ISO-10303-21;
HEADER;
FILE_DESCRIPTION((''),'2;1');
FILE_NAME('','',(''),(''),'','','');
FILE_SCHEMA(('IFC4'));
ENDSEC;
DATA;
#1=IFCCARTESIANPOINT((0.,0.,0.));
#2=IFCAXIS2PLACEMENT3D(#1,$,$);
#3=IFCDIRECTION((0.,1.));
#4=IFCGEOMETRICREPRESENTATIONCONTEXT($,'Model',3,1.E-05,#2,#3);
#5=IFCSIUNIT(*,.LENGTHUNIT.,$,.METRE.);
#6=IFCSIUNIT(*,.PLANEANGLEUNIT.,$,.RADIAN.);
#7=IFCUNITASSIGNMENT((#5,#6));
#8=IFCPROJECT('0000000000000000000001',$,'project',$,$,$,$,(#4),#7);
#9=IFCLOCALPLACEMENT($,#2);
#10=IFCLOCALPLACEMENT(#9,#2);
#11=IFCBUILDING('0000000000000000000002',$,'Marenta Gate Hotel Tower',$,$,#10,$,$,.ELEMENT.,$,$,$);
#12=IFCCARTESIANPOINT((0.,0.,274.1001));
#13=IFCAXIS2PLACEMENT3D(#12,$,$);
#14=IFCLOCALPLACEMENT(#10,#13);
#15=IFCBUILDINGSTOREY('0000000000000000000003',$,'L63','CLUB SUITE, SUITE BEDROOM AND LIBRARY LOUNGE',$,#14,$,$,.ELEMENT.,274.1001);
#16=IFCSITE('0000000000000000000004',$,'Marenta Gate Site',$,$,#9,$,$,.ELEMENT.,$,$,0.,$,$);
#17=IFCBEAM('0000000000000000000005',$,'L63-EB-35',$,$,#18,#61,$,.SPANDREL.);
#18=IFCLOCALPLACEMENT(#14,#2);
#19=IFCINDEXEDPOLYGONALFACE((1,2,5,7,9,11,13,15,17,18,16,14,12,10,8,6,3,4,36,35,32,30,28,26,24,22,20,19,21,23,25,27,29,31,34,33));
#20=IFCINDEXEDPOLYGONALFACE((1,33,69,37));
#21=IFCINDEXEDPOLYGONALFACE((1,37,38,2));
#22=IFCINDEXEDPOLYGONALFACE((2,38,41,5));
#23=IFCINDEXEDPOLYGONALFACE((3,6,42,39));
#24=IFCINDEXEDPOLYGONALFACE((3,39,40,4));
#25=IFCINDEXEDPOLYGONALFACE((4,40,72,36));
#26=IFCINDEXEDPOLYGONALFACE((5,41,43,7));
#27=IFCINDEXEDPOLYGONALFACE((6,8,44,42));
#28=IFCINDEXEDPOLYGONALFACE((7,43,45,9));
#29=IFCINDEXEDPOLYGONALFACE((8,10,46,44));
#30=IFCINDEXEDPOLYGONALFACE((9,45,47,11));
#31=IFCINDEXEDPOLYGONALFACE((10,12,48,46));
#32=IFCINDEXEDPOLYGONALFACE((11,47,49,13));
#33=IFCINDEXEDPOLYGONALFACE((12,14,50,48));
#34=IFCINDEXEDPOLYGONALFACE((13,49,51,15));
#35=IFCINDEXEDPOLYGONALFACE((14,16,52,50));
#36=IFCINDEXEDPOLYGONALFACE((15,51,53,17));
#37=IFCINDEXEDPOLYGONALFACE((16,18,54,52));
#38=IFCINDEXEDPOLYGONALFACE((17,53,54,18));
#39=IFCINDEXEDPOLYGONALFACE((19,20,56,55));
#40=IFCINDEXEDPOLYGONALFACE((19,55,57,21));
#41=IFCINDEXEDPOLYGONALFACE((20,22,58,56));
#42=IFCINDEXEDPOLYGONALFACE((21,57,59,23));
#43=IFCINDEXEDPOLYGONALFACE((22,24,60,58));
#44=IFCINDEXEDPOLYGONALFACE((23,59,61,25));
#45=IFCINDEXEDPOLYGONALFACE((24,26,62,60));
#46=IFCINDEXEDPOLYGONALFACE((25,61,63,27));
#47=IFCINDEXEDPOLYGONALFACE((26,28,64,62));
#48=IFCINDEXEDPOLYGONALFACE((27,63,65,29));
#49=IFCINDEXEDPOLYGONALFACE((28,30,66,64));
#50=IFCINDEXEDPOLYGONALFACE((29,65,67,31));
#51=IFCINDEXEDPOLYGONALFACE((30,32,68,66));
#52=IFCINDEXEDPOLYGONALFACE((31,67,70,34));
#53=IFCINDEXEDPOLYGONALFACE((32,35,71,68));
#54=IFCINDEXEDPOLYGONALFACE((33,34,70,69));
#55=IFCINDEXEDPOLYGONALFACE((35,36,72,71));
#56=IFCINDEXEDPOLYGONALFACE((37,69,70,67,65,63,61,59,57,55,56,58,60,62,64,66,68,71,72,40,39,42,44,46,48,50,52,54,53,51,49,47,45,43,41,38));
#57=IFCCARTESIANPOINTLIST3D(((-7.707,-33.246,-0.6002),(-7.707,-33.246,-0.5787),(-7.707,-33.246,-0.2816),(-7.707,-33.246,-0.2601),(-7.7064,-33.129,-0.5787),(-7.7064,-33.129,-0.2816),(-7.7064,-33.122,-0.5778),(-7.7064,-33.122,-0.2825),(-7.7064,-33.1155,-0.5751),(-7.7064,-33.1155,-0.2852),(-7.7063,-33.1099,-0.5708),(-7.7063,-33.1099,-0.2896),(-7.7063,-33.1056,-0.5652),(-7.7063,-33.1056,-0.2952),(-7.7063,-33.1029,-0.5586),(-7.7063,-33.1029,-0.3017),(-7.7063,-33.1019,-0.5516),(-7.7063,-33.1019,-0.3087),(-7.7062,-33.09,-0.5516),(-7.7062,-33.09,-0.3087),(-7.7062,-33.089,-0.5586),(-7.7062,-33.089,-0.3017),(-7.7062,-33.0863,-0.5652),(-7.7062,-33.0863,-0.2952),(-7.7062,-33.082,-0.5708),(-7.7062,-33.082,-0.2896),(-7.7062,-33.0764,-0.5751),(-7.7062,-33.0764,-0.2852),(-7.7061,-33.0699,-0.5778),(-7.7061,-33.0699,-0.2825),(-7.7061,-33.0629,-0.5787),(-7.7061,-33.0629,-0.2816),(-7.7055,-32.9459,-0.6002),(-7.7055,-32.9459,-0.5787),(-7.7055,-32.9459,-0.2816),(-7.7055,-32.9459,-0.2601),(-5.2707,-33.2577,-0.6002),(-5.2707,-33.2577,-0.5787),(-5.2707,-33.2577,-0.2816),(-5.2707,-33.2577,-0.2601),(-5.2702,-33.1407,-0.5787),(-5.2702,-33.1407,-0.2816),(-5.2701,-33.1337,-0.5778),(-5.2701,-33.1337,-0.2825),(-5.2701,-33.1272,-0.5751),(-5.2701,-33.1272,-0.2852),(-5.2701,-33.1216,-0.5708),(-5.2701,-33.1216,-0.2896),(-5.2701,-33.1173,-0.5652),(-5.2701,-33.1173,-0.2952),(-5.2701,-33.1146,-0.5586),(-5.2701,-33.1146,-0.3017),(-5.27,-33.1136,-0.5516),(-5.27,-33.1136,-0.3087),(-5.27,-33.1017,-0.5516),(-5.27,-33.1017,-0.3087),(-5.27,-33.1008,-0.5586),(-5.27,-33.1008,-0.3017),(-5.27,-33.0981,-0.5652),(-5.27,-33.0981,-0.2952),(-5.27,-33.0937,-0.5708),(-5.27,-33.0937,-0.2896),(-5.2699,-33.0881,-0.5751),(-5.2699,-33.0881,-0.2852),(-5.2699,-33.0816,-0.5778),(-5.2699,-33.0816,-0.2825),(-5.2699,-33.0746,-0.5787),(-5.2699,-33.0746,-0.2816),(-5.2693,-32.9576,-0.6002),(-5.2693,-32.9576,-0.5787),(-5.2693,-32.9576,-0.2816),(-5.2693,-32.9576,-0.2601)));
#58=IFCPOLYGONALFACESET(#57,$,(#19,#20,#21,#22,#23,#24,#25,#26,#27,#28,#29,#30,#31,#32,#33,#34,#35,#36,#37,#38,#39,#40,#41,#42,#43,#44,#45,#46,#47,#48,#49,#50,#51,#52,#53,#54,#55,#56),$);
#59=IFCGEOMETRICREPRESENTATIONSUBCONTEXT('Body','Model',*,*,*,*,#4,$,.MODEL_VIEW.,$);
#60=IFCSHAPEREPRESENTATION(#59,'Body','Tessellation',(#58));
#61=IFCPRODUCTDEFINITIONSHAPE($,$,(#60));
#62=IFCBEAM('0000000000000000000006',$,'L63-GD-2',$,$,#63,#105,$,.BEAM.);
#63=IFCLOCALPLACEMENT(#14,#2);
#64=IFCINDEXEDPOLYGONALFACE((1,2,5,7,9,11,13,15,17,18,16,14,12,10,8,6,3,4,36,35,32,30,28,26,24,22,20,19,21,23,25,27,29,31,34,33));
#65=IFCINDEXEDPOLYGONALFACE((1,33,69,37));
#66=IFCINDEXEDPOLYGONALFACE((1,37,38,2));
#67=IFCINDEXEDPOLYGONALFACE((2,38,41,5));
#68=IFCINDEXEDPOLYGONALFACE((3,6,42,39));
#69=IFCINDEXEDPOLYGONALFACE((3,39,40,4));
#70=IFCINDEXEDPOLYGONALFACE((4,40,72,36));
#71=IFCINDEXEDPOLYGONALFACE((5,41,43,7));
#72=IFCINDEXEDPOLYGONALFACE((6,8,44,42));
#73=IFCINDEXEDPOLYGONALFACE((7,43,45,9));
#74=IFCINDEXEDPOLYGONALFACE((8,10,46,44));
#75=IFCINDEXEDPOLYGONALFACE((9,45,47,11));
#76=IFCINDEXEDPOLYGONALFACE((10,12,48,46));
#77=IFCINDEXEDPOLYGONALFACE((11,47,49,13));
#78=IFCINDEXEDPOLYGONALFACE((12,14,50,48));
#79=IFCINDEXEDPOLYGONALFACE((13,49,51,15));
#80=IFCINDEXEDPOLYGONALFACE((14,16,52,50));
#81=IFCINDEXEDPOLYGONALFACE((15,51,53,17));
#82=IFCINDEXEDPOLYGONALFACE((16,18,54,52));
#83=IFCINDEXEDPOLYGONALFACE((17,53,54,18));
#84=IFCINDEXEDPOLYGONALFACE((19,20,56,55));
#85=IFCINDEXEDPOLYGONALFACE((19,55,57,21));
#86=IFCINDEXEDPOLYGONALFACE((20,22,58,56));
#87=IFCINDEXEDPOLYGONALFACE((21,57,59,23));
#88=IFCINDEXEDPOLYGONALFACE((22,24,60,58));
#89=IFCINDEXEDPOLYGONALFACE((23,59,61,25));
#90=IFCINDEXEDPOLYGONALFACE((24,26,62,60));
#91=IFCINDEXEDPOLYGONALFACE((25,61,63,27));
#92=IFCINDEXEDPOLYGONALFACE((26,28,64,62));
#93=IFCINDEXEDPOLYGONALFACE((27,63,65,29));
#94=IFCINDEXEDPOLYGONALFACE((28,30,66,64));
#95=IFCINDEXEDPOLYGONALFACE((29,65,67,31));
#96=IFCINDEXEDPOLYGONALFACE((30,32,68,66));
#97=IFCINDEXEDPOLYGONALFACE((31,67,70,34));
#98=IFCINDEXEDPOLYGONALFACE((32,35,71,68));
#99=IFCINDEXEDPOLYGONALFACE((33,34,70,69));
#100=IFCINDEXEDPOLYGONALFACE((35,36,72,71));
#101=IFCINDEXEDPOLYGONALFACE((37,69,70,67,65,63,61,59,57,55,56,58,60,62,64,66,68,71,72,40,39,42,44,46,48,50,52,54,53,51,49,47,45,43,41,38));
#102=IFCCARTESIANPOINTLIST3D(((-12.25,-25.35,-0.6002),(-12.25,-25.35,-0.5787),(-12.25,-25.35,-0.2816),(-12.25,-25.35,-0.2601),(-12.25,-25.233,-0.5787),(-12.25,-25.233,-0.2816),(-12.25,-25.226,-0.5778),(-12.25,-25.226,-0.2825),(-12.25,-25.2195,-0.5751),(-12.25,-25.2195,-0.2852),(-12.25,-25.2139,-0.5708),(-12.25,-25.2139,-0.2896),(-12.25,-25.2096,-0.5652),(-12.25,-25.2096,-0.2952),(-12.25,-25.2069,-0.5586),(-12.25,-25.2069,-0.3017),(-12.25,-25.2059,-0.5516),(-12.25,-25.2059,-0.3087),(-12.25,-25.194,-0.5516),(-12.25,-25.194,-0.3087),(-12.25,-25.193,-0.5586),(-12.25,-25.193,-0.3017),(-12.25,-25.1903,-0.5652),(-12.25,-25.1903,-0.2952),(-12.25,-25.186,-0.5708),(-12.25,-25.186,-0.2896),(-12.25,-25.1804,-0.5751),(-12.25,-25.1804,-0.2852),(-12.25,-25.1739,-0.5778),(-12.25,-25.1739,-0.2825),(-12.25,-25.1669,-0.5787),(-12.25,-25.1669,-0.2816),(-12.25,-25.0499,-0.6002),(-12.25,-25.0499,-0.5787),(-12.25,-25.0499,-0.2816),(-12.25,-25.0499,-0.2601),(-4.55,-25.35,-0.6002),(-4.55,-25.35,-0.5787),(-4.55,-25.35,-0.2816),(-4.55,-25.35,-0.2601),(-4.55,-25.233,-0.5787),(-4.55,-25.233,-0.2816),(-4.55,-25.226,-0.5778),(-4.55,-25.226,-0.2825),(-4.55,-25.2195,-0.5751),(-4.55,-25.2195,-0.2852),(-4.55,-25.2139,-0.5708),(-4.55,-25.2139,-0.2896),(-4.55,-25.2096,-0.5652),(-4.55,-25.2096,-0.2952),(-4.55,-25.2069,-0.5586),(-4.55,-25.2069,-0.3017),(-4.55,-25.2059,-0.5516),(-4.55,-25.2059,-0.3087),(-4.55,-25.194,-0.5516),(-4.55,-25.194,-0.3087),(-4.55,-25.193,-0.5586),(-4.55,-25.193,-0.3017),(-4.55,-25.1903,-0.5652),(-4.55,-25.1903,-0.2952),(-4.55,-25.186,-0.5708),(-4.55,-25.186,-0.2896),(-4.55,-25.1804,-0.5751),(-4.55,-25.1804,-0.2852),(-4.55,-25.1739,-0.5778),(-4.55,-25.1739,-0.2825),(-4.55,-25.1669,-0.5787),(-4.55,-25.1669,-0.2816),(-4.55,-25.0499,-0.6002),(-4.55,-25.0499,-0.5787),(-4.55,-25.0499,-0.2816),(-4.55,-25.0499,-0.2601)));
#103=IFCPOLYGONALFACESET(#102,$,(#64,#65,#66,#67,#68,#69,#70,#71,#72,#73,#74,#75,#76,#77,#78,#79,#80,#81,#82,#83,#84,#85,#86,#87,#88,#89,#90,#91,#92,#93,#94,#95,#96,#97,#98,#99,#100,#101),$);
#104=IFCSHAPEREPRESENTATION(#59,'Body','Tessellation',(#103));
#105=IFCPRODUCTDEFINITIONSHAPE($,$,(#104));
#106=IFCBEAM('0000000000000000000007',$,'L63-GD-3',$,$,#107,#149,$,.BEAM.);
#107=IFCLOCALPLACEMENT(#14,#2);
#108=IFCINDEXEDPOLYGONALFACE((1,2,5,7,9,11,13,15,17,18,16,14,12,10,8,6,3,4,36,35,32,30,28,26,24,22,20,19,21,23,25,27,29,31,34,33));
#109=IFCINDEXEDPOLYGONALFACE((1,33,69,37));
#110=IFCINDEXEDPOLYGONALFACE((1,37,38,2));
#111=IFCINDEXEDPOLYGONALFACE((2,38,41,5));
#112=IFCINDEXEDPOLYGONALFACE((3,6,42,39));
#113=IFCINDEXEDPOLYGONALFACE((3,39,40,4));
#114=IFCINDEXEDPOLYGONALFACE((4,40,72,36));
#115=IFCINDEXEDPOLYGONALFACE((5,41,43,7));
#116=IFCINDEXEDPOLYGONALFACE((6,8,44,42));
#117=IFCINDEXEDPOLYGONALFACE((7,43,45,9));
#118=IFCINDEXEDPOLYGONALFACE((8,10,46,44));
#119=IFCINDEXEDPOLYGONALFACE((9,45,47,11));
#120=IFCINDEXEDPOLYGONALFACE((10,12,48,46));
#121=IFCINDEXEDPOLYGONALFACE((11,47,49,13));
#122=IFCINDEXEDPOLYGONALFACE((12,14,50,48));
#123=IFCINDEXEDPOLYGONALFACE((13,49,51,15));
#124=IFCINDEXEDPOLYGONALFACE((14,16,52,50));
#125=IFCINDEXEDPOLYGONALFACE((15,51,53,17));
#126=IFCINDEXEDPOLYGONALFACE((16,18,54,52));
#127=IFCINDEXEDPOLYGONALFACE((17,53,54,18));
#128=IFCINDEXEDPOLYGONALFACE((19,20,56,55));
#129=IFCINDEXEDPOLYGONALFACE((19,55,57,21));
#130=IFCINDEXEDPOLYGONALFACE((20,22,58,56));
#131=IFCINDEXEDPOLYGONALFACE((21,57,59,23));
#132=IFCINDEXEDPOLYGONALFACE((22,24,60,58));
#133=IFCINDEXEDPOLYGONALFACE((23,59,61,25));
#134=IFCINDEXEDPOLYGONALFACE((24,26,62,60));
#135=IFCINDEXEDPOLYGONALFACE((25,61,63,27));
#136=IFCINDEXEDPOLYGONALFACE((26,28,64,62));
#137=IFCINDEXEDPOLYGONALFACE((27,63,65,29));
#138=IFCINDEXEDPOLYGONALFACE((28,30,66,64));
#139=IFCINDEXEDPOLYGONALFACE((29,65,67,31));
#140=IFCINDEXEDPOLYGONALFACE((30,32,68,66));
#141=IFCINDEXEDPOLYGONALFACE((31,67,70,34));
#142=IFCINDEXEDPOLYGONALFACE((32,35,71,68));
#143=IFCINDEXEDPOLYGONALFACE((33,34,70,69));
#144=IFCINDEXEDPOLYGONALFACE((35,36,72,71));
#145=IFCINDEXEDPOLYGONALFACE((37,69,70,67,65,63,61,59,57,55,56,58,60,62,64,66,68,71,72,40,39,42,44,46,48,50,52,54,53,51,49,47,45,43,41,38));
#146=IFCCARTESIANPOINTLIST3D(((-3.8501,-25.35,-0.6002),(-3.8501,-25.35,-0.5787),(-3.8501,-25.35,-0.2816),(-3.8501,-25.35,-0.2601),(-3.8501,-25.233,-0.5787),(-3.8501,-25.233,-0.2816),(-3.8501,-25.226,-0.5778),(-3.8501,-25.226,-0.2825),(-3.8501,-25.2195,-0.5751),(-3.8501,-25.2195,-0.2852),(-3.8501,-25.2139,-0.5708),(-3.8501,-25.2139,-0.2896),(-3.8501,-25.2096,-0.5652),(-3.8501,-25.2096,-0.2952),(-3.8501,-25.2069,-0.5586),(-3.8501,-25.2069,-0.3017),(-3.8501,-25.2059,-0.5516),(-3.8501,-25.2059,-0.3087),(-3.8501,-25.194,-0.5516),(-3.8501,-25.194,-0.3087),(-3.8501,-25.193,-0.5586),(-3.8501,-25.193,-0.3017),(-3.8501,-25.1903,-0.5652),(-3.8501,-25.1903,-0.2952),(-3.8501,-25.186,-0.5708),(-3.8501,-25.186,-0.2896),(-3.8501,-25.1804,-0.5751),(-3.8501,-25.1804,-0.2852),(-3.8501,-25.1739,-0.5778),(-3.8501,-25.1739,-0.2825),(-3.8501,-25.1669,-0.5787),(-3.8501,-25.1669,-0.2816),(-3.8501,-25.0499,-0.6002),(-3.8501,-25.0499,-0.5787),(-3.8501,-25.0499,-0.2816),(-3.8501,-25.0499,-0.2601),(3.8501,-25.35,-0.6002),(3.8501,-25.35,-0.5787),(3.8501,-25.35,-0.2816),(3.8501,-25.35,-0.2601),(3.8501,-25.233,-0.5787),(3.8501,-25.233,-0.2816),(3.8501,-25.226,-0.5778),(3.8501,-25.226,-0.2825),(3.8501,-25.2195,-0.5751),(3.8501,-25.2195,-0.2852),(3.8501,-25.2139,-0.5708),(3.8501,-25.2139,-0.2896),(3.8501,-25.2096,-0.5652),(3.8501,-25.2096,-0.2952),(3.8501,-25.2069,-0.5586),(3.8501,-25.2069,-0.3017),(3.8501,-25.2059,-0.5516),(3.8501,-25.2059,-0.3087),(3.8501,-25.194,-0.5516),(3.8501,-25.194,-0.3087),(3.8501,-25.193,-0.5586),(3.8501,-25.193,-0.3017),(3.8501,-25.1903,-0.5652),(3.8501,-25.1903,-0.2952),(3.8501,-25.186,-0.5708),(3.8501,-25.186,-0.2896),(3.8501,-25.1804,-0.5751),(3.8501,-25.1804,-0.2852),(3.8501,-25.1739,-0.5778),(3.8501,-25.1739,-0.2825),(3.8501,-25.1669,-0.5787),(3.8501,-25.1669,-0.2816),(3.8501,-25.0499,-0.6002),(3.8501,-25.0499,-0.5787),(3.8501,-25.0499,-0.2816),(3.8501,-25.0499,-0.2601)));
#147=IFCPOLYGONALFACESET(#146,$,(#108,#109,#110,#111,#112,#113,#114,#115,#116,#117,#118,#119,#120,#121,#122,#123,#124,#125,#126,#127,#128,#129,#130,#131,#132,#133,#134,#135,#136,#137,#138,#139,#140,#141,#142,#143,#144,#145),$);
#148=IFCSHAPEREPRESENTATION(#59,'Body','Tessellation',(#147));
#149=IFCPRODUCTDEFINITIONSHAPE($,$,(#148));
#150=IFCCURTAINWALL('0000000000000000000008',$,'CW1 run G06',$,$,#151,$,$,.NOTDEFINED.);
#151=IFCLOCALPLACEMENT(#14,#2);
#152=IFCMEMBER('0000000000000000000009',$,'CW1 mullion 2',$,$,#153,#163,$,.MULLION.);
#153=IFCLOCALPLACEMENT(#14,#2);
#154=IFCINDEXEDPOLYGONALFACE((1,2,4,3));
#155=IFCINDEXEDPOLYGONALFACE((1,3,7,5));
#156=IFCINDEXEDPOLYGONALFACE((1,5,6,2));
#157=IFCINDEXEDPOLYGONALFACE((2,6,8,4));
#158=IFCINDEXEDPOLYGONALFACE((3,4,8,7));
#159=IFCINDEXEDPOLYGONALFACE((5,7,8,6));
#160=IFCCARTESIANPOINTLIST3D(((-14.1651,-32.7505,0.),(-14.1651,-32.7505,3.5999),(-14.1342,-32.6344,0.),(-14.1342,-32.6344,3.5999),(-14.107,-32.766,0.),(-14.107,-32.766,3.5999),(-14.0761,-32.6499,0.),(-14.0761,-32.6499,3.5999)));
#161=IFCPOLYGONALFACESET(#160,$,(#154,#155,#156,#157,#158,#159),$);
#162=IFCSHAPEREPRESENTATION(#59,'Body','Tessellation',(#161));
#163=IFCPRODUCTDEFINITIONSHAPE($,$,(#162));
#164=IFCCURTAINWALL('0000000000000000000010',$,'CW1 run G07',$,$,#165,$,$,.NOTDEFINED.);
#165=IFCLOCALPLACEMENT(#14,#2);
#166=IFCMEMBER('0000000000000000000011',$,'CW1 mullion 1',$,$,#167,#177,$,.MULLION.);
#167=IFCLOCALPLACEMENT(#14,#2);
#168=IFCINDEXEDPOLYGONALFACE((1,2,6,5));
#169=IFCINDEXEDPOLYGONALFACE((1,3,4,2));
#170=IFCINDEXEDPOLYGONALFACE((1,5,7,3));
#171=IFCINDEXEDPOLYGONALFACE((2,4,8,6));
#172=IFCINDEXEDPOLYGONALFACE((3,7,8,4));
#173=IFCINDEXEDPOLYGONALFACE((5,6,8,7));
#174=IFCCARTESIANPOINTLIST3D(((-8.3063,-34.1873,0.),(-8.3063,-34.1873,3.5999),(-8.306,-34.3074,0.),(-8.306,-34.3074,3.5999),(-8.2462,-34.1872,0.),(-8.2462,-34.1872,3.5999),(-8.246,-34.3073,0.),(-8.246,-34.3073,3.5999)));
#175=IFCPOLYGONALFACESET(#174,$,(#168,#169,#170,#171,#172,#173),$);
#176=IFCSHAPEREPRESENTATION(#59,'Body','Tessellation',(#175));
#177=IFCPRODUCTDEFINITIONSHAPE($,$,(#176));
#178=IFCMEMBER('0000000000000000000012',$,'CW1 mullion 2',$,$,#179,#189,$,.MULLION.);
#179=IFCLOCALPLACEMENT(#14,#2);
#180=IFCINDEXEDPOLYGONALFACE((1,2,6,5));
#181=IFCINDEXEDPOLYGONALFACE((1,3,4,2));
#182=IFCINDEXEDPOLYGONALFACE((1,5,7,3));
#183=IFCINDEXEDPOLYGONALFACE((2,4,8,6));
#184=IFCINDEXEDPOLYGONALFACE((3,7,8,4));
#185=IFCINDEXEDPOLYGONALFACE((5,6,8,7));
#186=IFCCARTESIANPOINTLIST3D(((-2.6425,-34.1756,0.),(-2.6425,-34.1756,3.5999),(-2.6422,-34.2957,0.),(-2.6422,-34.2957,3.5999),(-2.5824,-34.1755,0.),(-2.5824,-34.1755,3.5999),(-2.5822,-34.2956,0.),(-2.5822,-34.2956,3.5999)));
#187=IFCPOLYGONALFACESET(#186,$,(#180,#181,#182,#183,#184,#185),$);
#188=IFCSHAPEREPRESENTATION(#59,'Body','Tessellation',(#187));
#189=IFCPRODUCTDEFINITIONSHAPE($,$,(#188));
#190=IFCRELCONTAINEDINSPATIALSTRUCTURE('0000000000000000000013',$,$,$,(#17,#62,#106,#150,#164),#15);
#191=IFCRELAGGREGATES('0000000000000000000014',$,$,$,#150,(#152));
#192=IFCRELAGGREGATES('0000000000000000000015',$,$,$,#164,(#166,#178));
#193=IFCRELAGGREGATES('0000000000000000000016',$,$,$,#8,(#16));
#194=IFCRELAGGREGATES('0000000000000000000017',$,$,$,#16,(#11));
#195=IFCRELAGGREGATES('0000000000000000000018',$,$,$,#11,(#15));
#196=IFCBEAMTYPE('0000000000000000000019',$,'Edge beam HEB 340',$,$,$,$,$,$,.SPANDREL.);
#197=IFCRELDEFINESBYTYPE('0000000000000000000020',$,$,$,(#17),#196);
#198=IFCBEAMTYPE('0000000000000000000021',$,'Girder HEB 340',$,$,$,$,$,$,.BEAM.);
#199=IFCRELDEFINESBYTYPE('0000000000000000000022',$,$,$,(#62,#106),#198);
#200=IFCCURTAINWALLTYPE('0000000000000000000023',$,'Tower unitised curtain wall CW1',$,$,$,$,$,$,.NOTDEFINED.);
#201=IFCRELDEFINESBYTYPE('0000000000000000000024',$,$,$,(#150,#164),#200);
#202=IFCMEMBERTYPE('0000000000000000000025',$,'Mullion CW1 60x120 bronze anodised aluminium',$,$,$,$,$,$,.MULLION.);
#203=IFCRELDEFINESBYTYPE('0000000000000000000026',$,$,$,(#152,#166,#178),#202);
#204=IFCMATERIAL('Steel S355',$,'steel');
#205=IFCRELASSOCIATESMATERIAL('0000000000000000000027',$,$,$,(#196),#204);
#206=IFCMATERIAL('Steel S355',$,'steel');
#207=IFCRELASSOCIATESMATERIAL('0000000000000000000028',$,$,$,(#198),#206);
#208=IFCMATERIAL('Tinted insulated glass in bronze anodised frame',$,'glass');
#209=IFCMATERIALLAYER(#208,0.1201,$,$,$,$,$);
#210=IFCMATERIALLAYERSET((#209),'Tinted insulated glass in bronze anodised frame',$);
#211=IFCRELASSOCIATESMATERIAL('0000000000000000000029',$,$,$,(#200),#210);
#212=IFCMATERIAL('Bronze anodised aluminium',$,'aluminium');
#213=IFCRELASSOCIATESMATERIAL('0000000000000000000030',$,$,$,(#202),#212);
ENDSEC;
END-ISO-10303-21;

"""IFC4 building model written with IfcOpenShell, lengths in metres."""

from ifc_helpers import new_model, si_unit, direction, frame, origin, origin_2d, place, context, subcontext, project, spatial, rectangle, i_section, extrude, material, layer, layer_set, material_profile, profile_set, type_object, element, aggregate, save


model = new_model("IFC4")

# Units and contexts
model_context = context("Model", 3, precision=1e-05, world=origin(), true_north=direction((0.0, 1.0)))
body_context = subcontext(model_context, "Body", "Model", "MODEL_VIEW")
ifc_project = project(units=[si_unit("LENGTHUNIT", "METRE"), si_unit("PLANEANGLEUNIT", "RADIAN")], contexts=[model_context])

# Site, building, storey
site_placement = place(None, origin())
site = spatial("IfcSite", under=ifc_project, at=site_placement, Name="Marenta Gate Site", CompositionType="ELEMENT", RefElevation=0.0)
building_placement = place(site_placement, origin())
building = spatial("IfcBuilding", under=site, at=building_placement, Name="Marenta Gate Hotel Tower", CompositionType="ELEMENT")
storey_placement = place(building_placement, frame((0.0, 0.0, 274.1001)))
storey = spatial("IfcBuildingStorey", under=building, at=storey_placement, Name="L63", Description="CLUB SUITE, SUITE BEDROOM AND LIBRARY LOUNGE", CompositionType="ELEMENT", Elevation=274.1001)

# Beams
ifc_material_1 = material(Name="Steel S355", Category="steel")
ifc_material_profile_1 = material_profile(ifc_material_1, i_section(OverallWidth=0.3, OverallDepth=0.3401, WebThickness=0.012, FlangeThickness=0.0215, FilletRadius=0.0271, at=origin_2d()), Name="HEB 340")
ifc_profile_set_1 = profile_set([ifc_material_profile_1], Name="Steel S355")
beam_type_1 = type_object("IfcBeamType", Name="Edge beam HEB 340", PredefinedType="SPANDREL", material=ifc_profile_set_1)
beam_1_placement = place(storey_placement, frame((-5.27, -33.1077, -0.4302), z_axis=(-0.999988, 0.00481, 0.0), x_axis=(-0.00481, -0.999988, 0.0)))
element("IfcBeam", 1, at=beam_1_placement, inside=storey, type_object=beam_type_1, Name="L63-EB-35", PredefinedType="SPANDREL", context=body_context, shape_type="SweptSolid", body=[
    extrude(i_section(OverallWidth=0.3, OverallDepth=0.3401, WebThickness=0.012, FlangeThickness=0.0215, FilletRadius=0.0271, at=origin_2d()), origin(), (0.0, 0.0, 1.0), 2.4363),
])
ifc_material_2 = material(Name="Steel S355", Category="steel")
ifc_material_profile_2 = material_profile(ifc_material_2, i_section(OverallWidth=0.3, OverallDepth=0.3401, WebThickness=0.012, FlangeThickness=0.0215, FilletRadius=0.0271, at=origin_2d()), Name="HEB 340")
ifc_profile_set_2 = profile_set([ifc_material_profile_2], Name="Steel S355")
beam_type_2 = type_object("IfcBeamType", Name="Girder HEB 340", PredefinedType="BEAM", material=ifc_profile_set_2)
beam_2_placement = place(storey_placement, frame((-12.25, -25.2, -0.4302), z_axis=(1.0, 0.0, 0.0), x_axis=(0.0, 1.0, 0.0)))
element("IfcBeam", 2, at=beam_2_placement, inside=storey, type_object=beam_type_2, Name="L63-GD-2", PredefinedType="BEAM", context=body_context, shape_type="SweptSolid", body=[
    extrude(i_section(OverallWidth=0.3, OverallDepth=0.3401, WebThickness=0.012, FlangeThickness=0.0215, FilletRadius=0.0271, at=origin_2d()), origin(), (0.0, 0.0, 1.0), 7.7),
])
beam_3_placement = place(storey_placement, frame((-3.8501, -25.2, -0.4302), z_axis=(1.0, 0.0, 0.0), x_axis=(0.0, 1.0, 0.0)))
element("IfcBeam", 3, at=beam_3_placement, inside=storey, type_object=beam_type_2, Name="L63-GD-3", PredefinedType="BEAM", context=body_context, shape_type="SweptSolid", body=[
    extrude(i_section(OverallWidth=0.3, OverallDepth=0.3401, WebThickness=0.012, FlangeThickness=0.0215, FilletRadius=0.0271, at=origin_2d()), origin(), (0.0, 0.0, 1.0), 7.7002),
])

# Curtain wall, member
ifc_material_3 = material(Name="Tinted insulated glass in bronze anodised frame", Category="glass")
ifc_layer_1 = layer(ifc_material_3, 0.1201)
ifc_layer_set_1 = layer_set([ifc_layer_1], Name="Tinted insulated glass in bronze anodised frame")
curtain_wall_type = type_object("IfcCurtainWallType", Name="Tower unitised curtain wall CW1", PredefinedType="NOTDEFINED", material=ifc_layer_set_1)
curtain_wall_1_placement = place(storey_placement, origin())
curtain_wall_1 = element("IfcCurtainWall", 4, at=curtain_wall_1_placement, inside=storey, type_object=curtain_wall_type, Name="CW1 run G06", PredefinedType="NOTDEFINED")
ifc_material_4 = material(Name="Bronze anodised aluminium", Category="aluminium")
ifc_material_profile_3 = material_profile(ifc_material_4, rectangle(XDim=0.1201, YDim=0.0601, at=origin_2d()), Name="Mullion CW1 60x120 bronze anodised aluminium")
ifc_profile_set_3 = profile_set([ifc_material_profile_3], Name="Bronze anodised aluminium")
member_type_1 = type_object("IfcMemberType", Name="Mullion CW1 60x120 bronze anodised aluminium", PredefinedType="MULLION", material=ifc_profile_set_3)
member_1_placement = place(storey_placement, frame((-14.1206, -32.7002, 0.0), z_axis=(0.0, 0.0, 1.0), x_axis=(0.257134, 0.966376, 0.0)))
member_1 = element("IfcMember", 5, at=member_1_placement, type_object=member_type_1, Name="CW1 mullion 2", PredefinedType="MULLION", context=body_context, shape_type="SweptSolid", body=[
    extrude(rectangle(XDim=0.1201, YDim=0.0601, at=origin_2d()), origin(), (0.0, 0.0, 1.0), 3.5999),
])

# Curtain wall, members
curtain_wall_2_placement = place(storey_placement, origin())
curtain_wall_2 = element("IfcCurtainWall", 6, at=curtain_wall_2_placement, inside=storey, type_object=curtain_wall_type, Name="CW1 run G07", PredefinedType="NOTDEFINED")
member_2_placement = place(storey_placement, frame((-8.2761, -34.2473, 0.0), z_axis=(0.0, 0.0, 1.0), x_axis=(-0.002067, 0.999998, 0.0)))
member_2 = element("IfcMember", 7, at=member_2_placement, type_object=member_type_1, Name="CW1 mullion 1", PredefinedType="MULLION", context=body_context, shape_type="SweptSolid", body=[
    extrude(rectangle(XDim=0.1201, YDim=0.0601, at=origin_2d()), origin(), (0.0, 0.0, 1.0), 3.5999),
])
member_3_placement = place(storey_placement, frame((-2.6123, -34.2356, 0.0), z_axis=(0.0, 0.0, 1.0), x_axis=(-0.002067, 0.999998, 0.0)))
member_3 = element("IfcMember", 8, at=member_3_placement, type_object=member_type_1, Name="CW1 mullion 2", PredefinedType="MULLION", context=body_context, shape_type="SweptSolid", body=[
    extrude(rectangle(XDim=0.1201, YDim=0.0601, at=origin_2d()), origin(), (0.0, 0.0, 1.0), 3.5999),
])

aggregate(curtain_wall_1, [member_1])
aggregate(curtain_wall_2, [member_2, member_3])

save(model, "model.ifc")
